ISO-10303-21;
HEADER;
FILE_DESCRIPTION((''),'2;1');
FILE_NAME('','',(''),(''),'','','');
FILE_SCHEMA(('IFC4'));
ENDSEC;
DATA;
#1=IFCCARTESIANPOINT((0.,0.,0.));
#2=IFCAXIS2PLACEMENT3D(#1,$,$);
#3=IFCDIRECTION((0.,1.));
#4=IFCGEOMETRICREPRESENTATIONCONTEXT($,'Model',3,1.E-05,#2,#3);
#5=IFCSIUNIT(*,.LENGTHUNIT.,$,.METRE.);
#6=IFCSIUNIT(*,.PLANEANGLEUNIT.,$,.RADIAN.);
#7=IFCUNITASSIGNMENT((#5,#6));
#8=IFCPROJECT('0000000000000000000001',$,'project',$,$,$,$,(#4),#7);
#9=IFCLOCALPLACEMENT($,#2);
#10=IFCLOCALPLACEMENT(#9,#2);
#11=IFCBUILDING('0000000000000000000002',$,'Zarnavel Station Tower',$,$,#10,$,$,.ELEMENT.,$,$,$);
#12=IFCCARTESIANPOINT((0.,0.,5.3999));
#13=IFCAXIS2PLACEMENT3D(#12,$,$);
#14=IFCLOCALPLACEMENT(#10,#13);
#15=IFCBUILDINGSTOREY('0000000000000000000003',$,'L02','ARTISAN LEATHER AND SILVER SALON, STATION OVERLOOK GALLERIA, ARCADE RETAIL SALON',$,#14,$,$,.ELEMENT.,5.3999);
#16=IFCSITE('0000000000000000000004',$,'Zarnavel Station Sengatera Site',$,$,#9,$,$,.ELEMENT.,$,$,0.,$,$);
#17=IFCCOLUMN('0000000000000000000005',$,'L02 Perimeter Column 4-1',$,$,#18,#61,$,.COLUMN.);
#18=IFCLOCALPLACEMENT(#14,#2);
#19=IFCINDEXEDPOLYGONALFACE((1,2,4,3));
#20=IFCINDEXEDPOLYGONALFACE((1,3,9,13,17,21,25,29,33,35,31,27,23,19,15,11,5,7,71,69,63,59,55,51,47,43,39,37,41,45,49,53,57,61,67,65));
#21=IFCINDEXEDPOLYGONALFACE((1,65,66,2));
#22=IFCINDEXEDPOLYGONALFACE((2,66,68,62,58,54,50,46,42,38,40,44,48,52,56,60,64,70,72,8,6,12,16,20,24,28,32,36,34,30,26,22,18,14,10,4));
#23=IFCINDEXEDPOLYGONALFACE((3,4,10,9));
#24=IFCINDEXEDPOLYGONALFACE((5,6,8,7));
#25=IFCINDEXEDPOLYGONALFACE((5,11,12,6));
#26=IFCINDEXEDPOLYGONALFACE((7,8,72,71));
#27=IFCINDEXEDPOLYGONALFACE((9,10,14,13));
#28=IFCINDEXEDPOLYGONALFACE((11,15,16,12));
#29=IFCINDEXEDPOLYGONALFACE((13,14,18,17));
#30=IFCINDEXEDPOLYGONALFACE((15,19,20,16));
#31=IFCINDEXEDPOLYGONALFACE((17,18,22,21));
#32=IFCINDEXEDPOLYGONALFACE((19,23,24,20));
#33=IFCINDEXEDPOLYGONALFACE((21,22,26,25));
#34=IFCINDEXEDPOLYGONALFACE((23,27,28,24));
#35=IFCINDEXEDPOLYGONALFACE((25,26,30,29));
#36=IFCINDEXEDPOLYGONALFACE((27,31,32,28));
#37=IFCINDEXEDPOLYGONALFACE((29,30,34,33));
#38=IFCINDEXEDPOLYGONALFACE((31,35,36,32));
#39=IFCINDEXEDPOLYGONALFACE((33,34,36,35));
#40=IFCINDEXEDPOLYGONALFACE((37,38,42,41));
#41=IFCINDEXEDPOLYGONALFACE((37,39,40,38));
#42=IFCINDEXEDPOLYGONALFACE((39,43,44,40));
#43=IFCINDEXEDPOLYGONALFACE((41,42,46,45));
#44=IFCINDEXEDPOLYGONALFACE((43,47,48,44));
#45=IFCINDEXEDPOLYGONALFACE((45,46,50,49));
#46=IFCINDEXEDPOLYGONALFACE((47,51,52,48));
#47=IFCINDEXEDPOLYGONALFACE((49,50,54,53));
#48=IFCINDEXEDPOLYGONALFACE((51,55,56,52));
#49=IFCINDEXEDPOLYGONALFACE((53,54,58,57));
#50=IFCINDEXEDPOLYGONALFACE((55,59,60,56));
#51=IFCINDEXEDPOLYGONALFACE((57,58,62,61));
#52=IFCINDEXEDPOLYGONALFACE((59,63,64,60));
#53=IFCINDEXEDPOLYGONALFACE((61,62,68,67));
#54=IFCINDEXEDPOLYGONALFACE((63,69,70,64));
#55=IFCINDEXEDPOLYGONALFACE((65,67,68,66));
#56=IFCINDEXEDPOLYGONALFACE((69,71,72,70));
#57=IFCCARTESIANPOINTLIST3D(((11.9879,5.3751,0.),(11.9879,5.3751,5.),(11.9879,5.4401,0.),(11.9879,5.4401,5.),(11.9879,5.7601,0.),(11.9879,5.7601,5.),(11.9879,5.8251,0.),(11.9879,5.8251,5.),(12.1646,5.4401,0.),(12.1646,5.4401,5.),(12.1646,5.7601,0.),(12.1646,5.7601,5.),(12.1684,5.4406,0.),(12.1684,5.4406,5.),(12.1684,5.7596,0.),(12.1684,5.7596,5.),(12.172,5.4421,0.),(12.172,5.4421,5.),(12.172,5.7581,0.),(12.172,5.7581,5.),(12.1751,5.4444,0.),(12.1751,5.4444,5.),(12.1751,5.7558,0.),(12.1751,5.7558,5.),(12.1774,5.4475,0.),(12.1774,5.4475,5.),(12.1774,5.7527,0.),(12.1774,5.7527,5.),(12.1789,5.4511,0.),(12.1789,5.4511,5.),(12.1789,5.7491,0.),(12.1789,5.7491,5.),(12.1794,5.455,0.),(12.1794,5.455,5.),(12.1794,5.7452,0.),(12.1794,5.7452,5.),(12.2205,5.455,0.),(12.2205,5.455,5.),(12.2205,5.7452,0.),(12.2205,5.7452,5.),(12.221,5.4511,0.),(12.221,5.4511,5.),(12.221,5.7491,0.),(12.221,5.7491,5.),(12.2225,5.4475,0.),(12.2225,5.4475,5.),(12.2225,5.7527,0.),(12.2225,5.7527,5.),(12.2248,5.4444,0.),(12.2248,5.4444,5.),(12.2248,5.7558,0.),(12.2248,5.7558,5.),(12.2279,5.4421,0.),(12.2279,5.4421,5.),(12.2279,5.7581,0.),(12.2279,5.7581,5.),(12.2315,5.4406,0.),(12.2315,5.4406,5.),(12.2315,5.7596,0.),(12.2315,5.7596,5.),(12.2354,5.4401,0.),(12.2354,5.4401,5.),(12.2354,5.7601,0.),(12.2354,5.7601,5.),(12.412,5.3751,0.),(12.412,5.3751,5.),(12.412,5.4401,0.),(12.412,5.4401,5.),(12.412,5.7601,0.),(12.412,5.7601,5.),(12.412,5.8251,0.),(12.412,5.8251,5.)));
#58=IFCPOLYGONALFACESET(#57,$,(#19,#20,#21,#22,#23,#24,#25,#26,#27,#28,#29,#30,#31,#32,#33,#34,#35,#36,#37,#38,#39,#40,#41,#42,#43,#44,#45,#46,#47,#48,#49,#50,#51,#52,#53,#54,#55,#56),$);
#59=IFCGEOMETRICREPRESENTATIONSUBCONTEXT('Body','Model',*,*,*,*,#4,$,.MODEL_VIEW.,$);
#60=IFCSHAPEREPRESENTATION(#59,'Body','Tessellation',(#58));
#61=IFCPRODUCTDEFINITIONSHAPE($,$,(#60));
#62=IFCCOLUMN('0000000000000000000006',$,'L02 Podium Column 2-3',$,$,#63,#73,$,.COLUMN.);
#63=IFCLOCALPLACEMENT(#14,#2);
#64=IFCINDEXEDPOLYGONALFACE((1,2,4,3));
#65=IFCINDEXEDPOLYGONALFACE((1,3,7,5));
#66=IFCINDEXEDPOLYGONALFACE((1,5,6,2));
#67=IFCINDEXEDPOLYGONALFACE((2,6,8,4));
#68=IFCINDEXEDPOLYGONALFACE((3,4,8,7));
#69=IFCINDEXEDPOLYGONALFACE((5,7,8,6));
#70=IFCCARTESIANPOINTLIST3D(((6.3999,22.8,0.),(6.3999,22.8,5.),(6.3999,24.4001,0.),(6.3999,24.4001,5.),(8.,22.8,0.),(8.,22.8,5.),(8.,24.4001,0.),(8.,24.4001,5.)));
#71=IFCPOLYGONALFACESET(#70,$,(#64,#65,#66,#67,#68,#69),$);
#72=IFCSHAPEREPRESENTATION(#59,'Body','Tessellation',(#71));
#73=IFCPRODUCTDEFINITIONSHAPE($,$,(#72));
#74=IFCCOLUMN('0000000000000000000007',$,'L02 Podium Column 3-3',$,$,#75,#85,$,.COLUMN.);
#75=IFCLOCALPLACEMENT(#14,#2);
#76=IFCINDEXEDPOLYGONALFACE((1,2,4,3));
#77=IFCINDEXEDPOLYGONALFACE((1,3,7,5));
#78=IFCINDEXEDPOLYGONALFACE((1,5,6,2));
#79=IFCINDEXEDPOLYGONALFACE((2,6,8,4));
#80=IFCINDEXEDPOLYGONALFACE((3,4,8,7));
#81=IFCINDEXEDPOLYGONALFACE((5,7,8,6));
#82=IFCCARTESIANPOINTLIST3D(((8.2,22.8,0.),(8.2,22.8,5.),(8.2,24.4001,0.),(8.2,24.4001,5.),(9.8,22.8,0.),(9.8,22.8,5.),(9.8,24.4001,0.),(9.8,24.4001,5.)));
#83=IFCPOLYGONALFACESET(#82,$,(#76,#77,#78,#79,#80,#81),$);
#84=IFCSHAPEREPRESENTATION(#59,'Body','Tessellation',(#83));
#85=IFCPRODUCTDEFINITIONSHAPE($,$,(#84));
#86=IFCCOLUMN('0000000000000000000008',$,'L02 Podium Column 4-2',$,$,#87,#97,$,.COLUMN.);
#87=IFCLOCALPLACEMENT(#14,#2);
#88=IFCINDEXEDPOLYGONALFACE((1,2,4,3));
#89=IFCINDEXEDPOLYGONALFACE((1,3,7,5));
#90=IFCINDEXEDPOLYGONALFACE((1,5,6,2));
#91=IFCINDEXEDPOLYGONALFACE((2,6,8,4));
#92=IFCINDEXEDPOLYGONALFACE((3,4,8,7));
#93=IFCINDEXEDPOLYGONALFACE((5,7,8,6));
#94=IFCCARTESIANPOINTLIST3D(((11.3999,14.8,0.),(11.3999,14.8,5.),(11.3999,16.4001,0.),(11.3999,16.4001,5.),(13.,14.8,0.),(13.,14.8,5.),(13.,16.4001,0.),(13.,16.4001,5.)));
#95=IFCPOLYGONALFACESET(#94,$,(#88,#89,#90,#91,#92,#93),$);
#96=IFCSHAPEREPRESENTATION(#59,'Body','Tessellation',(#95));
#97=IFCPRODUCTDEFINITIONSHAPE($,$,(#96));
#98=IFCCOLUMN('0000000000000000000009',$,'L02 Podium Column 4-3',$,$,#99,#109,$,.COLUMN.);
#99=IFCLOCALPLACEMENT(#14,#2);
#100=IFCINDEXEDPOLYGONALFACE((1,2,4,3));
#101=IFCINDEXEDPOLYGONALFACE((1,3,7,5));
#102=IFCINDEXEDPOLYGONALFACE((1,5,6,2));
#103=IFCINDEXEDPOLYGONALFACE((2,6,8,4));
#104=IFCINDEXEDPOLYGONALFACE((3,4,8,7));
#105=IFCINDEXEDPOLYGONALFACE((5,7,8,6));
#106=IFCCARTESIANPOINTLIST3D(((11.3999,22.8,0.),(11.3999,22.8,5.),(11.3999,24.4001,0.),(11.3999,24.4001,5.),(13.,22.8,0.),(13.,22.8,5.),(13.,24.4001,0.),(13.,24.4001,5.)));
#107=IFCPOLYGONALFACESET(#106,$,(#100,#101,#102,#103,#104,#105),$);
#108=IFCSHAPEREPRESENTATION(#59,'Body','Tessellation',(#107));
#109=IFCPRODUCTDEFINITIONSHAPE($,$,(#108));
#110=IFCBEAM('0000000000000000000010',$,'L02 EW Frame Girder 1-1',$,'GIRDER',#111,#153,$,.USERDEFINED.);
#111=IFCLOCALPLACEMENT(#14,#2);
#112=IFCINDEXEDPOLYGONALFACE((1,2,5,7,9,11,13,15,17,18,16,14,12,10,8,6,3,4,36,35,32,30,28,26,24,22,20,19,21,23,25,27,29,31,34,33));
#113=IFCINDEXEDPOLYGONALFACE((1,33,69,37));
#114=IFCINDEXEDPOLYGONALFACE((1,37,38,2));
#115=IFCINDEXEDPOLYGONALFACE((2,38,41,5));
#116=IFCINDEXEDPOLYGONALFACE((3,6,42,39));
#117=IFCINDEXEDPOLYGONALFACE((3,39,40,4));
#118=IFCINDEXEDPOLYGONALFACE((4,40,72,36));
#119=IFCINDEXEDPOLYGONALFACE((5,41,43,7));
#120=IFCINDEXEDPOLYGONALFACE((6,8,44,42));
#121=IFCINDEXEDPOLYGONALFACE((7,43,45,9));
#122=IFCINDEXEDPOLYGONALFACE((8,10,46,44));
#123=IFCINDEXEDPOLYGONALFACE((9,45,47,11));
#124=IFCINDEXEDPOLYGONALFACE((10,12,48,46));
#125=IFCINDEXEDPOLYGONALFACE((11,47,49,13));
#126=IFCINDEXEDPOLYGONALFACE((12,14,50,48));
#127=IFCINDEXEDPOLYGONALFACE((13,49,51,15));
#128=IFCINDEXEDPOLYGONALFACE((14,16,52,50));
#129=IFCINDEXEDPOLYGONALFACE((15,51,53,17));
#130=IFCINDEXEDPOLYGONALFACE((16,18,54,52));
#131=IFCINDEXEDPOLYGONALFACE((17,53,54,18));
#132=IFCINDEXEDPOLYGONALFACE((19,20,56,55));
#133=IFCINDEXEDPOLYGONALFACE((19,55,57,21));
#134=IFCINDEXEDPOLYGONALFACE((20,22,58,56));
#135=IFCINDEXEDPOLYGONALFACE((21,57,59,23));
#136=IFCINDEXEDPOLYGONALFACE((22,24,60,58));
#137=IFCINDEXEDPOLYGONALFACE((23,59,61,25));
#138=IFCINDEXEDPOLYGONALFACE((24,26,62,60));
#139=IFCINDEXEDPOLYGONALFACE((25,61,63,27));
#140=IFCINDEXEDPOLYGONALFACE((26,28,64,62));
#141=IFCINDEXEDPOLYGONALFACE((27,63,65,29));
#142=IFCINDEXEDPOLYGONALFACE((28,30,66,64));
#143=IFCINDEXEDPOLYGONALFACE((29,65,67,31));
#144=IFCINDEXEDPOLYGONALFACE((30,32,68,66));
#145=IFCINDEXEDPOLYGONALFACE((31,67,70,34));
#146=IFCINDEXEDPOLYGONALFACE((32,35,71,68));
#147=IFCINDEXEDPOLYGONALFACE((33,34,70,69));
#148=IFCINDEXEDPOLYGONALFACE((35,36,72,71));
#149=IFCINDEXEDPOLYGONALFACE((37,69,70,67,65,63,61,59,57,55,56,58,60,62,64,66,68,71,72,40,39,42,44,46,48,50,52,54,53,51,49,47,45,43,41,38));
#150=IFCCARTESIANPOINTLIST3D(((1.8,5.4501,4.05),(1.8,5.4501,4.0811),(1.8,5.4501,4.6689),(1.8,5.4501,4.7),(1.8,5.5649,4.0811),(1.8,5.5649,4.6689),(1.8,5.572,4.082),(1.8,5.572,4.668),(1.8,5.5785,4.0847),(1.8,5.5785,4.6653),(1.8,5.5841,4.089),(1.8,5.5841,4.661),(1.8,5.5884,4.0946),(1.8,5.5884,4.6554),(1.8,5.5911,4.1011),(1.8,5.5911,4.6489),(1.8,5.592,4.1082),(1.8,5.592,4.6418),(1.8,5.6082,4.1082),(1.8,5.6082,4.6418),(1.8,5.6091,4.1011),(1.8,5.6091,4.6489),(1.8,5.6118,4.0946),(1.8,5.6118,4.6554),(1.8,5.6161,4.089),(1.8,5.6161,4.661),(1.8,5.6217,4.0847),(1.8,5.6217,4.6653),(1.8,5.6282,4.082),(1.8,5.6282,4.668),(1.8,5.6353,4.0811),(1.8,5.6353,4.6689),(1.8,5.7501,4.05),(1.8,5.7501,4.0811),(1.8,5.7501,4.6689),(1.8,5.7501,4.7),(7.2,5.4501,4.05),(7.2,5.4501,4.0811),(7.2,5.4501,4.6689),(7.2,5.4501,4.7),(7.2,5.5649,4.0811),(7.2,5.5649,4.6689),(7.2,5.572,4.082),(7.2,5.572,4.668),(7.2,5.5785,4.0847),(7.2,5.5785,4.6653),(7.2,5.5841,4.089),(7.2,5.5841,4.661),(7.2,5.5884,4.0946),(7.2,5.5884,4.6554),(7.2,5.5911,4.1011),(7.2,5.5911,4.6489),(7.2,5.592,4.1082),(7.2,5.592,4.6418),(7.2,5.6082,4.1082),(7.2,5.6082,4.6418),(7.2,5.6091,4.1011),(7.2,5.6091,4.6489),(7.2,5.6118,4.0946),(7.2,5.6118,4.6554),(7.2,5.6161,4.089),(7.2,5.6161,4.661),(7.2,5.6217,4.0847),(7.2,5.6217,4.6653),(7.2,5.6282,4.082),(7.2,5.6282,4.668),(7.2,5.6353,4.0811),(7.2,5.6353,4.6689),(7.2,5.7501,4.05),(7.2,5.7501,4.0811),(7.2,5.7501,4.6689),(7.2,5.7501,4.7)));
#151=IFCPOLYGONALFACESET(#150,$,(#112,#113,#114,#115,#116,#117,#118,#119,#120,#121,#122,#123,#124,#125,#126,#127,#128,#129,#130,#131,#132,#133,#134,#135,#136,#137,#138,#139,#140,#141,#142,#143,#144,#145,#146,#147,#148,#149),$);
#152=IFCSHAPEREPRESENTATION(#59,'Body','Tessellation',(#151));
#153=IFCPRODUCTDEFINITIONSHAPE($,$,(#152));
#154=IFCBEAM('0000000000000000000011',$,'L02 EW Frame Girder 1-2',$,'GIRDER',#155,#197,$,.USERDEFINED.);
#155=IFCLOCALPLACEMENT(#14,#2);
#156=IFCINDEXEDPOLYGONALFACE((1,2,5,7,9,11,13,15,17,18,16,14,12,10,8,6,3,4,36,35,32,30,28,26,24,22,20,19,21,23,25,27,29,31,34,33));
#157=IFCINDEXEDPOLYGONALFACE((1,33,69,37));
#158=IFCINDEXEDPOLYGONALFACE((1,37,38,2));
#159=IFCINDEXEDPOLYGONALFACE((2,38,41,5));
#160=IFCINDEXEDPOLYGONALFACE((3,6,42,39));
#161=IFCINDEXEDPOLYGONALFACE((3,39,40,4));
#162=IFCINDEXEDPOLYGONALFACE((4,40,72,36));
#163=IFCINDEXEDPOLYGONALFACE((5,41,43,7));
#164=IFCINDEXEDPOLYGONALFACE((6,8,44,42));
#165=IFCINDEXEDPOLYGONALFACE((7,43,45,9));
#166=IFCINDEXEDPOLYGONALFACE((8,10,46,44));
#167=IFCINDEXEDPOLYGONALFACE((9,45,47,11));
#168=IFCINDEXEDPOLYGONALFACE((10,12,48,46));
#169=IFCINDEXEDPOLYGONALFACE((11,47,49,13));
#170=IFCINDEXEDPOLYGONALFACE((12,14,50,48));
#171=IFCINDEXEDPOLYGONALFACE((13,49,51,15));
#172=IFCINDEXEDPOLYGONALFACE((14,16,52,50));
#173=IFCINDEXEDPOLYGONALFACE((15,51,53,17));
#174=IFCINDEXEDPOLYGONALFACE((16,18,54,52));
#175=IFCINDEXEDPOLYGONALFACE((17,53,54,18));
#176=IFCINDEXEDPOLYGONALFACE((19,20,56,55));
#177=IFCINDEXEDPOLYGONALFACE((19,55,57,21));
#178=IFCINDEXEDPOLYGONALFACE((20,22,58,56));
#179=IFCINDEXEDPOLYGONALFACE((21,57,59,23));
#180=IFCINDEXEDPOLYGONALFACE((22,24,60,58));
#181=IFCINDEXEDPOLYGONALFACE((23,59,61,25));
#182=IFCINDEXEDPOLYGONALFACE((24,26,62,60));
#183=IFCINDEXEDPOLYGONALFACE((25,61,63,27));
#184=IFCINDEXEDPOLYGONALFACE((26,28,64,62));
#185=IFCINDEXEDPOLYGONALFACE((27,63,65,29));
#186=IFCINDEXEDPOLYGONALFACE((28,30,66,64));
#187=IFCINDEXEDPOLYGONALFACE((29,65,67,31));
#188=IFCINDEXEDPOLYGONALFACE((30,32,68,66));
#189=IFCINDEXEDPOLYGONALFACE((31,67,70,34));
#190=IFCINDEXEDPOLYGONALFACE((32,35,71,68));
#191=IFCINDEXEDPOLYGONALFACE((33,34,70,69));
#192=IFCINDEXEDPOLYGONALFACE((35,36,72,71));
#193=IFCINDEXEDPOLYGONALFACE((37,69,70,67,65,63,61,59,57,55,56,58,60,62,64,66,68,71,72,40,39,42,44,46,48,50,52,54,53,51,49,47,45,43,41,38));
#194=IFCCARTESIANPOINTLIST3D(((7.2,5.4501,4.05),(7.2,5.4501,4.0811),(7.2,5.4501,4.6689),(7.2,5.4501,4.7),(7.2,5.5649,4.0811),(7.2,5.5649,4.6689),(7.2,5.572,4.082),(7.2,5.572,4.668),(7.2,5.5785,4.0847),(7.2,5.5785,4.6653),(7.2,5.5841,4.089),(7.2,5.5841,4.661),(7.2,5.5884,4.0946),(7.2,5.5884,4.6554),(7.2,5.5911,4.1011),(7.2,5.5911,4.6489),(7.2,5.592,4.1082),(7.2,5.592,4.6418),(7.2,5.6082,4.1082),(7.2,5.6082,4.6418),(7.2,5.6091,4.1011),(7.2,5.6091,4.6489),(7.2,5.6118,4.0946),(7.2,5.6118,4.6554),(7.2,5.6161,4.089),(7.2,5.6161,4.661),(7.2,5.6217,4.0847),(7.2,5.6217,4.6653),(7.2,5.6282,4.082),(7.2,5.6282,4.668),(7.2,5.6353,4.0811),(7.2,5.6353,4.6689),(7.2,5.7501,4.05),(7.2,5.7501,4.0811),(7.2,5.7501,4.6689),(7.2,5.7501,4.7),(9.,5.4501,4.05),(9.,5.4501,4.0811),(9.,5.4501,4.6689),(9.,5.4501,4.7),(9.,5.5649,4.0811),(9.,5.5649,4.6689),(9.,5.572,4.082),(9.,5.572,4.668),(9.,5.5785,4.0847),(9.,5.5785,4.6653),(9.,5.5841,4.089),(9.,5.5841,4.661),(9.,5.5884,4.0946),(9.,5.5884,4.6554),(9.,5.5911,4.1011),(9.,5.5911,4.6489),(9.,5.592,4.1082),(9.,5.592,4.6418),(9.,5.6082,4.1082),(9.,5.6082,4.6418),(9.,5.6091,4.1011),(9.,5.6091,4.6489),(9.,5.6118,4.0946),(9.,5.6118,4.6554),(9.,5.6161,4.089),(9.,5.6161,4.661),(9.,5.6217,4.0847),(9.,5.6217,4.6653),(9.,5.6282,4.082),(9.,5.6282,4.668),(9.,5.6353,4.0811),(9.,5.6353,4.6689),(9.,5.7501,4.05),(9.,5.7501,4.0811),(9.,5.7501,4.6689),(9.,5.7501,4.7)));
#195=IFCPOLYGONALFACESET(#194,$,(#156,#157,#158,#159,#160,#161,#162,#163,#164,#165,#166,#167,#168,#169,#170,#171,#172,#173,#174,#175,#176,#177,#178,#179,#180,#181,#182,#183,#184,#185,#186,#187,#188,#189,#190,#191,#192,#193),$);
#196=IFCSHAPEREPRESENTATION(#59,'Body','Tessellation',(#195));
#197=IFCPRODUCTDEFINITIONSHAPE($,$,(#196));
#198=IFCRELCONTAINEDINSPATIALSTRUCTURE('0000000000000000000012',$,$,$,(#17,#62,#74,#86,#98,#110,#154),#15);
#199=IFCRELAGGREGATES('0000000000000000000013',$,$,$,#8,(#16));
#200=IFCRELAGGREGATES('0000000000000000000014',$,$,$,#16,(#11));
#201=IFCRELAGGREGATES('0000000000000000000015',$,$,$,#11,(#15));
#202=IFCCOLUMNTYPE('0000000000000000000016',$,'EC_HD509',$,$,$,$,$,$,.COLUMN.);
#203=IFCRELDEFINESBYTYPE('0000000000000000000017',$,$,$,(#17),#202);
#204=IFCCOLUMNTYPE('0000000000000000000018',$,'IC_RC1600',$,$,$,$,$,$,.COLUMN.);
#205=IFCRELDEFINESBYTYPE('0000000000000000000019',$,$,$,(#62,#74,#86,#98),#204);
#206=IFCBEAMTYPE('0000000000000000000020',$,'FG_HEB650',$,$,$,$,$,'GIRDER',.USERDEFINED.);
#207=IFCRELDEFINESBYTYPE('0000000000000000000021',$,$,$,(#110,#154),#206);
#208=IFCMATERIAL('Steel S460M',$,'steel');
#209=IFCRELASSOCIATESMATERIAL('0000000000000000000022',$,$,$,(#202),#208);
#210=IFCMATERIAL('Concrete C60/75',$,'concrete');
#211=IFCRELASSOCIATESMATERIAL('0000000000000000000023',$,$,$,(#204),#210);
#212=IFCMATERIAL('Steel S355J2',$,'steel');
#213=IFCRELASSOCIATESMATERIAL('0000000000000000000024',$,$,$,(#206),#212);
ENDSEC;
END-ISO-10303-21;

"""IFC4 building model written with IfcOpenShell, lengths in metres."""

from ifc_helpers import new_model, si_unit, direction, frame, origin, origin_2d, place, context, subcontext, project, spatial, rectangle, i_section, extrude, material, material_profile, profile_set, type_object, element, save


model = new_model("IFC4")

# Units and contexts
model_context = context("Model", 3, precision=1e-05, world=origin(), true_north=direction((0.0, 1.0)))
body_context = subcontext(model_context, "Body", "Model", "MODEL_VIEW")
ifc_project = project(units=[si_unit("LENGTHUNIT", "METRE"), si_unit("PLANEANGLEUNIT", "RADIAN")], contexts=[model_context])

# Site, building, storey
site_placement = place(None, origin())
site = spatial("IfcSite", under=ifc_project, at=site_placement, Name="Zarnavel Station Sengatera Site", CompositionType="ELEMENT", RefElevation=0.0)
building_placement = place(site_placement, origin())
building = spatial("IfcBuilding", under=site, at=building_placement, Name="Zarnavel Station Tower", CompositionType="ELEMENT")
storey_placement = place(building_placement, frame((0.0, 0.0, 5.3999)))
storey = spatial("IfcBuildingStorey", under=building, at=storey_placement, Name="L02", Description="ARTISAN LEATHER AND SILVER SALON, STATION OVERLOOK GALLERIA, ARCADE RETAIL SALON", CompositionType="ELEMENT", Elevation=5.3999)

# Columns
ifc_material_1 = material(Name="Steel S460M", Category="steel")
ifc_material_profile_1 = material_profile(ifc_material_1, i_section(OverallWidth=0.4241, OverallDepth=0.45, WebThickness=0.041, FlangeThickness=0.0649, FilletRadius=0.0149, at=origin_2d()), Name="HD400x509")
ifc_profile_set_1 = profile_set([ifc_material_profile_1], Name="Steel S460M")
column_type_1 = type_object("IfcColumnType", Name="EC_HD509", PredefinedType="COLUMN", material=ifc_profile_set_1)
for number, where, z_axis, x_axis, name in (
    (1, (12.2, 5.6001, 0.0), (0.0, 0.0, 1.0), (1.0, 0.0, 0.0), "L02 Perimeter Column 4-1"),
):
    element("IfcColumn", number, at=place(storey_placement, frame(where, z_axis=z_axis, x_axis=x_axis)), inside=storey, type_object=column_type_1, Name=name, PredefinedType="COLUMN", context=body_context, shape_type="SweptSolid", body=[
        extrude(i_section(OverallWidth=0.4241, OverallDepth=0.45, WebThickness=0.041, FlangeThickness=0.0649, FilletRadius=0.0149, at=origin_2d()), origin(), (0.0, 0.0, 1.0), 5.0),
    ])
ifc_material_2 = material(Name="Concrete C60/75", Category="concrete")
ifc_material_profile_2 = material_profile(ifc_material_2, rectangle(XDim=1.6001, YDim=1.6001, at=origin_2d()), Name="RC1600x1600")
ifc_profile_set_2 = profile_set([ifc_material_profile_2], Name="Concrete C60/75")
column_type_2 = type_object("IfcColumnType", Name="IC_RC1600", PredefinedType="COLUMN", material=ifc_profile_set_2)
for number, where, z_axis, x_axis, name in (
    (2, (7.2, 23.6001, 0.0), (0.0, 0.0, 1.0), (1.0, 0.0, 0.0), "L02 Podium Column 2-3"),
    (3, (9.0, 23.6001, 0.0), (0.0, 0.0, 1.0), (1.0, 0.0, 0.0), "L02 Podium Column 3-3"),
    (4, (12.2, 15.6001, 0.0), (0.0, 0.0, 1.0), (1.0, 0.0, 0.0), "L02 Podium Column 4-2"),
    (5, (12.2, 23.6001, 0.0), (0.0, 0.0, 1.0), (1.0, 0.0, 0.0), "L02 Podium Column 4-3"),
):
    element("IfcColumn", number, at=place(storey_placement, frame(where, z_axis=z_axis, x_axis=x_axis)), inside=storey, type_object=column_type_2, Name=name, PredefinedType="COLUMN", context=body_context, shape_type="SweptSolid", body=[
        extrude(rectangle(XDim=1.6001, YDim=1.6001, at=origin_2d()), origin(), (0.0, 0.0, 1.0), 5.0),
    ])

# Beams
ifc_material_3 = material(Name="Steel S355J2", Category="steel")
ifc_material_profile_3 = material_profile(ifc_material_3, i_section(OverallWidth=0.3, OverallDepth=0.6499, WebThickness=0.0161, FlangeThickness=0.031, FilletRadius=0.0271, at=origin_2d()), Name="HEB650")
ifc_profile_set_3 = profile_set([ifc_material_profile_3], Name="Steel S355J2")
beam_type_1 = type_object("IfcBeamType", Name="FG_HEB650", ElementType="GIRDER", PredefinedType="USERDEFINED", material=ifc_profile_set_3)
beam_1_placement = place(storey_placement, frame((1.8, 5.6001, 4.375), z_axis=(1.0, 0.0, 0.0), x_axis=(0.0, 1.0, 0.0)))
element("IfcBeam", 6, at=beam_1_placement, inside=storey, type_object=beam_type_1, Name="L02 EW Frame Girder 1-1", ObjectType="GIRDER", PredefinedType="USERDEFINED", context=body_context, shape_type="SweptSolid", body=[
    extrude(i_section(OverallWidth=0.3, OverallDepth=0.6499, WebThickness=0.0161, FlangeThickness=0.031, FilletRadius=0.0271, at=origin_2d()), origin(), (0.0, 0.0, 1.0), 5.3999),
])
beam_2_placement = place(storey_placement, frame((7.2, 5.6001, 4.375), z_axis=(1.0, 0.0, 0.0), x_axis=(0.0, 1.0, 0.0)))
element("IfcBeam", 7, at=beam_2_placement, inside=storey, type_object=beam_type_1, Name="L02 EW Frame Girder 1-2", ObjectType="GIRDER", PredefinedType="USERDEFINED", context=body_context, shape_type="SweptSolid", body=[
    extrude(i_section(OverallWidth=0.3, OverallDepth=0.6499, WebThickness=0.0161, FlangeThickness=0.031, FilletRadius=0.0271, at=origin_2d()), origin(), (0.0, 0.0, 1.0), 1.8),
])

save(model, "model.ifc")
